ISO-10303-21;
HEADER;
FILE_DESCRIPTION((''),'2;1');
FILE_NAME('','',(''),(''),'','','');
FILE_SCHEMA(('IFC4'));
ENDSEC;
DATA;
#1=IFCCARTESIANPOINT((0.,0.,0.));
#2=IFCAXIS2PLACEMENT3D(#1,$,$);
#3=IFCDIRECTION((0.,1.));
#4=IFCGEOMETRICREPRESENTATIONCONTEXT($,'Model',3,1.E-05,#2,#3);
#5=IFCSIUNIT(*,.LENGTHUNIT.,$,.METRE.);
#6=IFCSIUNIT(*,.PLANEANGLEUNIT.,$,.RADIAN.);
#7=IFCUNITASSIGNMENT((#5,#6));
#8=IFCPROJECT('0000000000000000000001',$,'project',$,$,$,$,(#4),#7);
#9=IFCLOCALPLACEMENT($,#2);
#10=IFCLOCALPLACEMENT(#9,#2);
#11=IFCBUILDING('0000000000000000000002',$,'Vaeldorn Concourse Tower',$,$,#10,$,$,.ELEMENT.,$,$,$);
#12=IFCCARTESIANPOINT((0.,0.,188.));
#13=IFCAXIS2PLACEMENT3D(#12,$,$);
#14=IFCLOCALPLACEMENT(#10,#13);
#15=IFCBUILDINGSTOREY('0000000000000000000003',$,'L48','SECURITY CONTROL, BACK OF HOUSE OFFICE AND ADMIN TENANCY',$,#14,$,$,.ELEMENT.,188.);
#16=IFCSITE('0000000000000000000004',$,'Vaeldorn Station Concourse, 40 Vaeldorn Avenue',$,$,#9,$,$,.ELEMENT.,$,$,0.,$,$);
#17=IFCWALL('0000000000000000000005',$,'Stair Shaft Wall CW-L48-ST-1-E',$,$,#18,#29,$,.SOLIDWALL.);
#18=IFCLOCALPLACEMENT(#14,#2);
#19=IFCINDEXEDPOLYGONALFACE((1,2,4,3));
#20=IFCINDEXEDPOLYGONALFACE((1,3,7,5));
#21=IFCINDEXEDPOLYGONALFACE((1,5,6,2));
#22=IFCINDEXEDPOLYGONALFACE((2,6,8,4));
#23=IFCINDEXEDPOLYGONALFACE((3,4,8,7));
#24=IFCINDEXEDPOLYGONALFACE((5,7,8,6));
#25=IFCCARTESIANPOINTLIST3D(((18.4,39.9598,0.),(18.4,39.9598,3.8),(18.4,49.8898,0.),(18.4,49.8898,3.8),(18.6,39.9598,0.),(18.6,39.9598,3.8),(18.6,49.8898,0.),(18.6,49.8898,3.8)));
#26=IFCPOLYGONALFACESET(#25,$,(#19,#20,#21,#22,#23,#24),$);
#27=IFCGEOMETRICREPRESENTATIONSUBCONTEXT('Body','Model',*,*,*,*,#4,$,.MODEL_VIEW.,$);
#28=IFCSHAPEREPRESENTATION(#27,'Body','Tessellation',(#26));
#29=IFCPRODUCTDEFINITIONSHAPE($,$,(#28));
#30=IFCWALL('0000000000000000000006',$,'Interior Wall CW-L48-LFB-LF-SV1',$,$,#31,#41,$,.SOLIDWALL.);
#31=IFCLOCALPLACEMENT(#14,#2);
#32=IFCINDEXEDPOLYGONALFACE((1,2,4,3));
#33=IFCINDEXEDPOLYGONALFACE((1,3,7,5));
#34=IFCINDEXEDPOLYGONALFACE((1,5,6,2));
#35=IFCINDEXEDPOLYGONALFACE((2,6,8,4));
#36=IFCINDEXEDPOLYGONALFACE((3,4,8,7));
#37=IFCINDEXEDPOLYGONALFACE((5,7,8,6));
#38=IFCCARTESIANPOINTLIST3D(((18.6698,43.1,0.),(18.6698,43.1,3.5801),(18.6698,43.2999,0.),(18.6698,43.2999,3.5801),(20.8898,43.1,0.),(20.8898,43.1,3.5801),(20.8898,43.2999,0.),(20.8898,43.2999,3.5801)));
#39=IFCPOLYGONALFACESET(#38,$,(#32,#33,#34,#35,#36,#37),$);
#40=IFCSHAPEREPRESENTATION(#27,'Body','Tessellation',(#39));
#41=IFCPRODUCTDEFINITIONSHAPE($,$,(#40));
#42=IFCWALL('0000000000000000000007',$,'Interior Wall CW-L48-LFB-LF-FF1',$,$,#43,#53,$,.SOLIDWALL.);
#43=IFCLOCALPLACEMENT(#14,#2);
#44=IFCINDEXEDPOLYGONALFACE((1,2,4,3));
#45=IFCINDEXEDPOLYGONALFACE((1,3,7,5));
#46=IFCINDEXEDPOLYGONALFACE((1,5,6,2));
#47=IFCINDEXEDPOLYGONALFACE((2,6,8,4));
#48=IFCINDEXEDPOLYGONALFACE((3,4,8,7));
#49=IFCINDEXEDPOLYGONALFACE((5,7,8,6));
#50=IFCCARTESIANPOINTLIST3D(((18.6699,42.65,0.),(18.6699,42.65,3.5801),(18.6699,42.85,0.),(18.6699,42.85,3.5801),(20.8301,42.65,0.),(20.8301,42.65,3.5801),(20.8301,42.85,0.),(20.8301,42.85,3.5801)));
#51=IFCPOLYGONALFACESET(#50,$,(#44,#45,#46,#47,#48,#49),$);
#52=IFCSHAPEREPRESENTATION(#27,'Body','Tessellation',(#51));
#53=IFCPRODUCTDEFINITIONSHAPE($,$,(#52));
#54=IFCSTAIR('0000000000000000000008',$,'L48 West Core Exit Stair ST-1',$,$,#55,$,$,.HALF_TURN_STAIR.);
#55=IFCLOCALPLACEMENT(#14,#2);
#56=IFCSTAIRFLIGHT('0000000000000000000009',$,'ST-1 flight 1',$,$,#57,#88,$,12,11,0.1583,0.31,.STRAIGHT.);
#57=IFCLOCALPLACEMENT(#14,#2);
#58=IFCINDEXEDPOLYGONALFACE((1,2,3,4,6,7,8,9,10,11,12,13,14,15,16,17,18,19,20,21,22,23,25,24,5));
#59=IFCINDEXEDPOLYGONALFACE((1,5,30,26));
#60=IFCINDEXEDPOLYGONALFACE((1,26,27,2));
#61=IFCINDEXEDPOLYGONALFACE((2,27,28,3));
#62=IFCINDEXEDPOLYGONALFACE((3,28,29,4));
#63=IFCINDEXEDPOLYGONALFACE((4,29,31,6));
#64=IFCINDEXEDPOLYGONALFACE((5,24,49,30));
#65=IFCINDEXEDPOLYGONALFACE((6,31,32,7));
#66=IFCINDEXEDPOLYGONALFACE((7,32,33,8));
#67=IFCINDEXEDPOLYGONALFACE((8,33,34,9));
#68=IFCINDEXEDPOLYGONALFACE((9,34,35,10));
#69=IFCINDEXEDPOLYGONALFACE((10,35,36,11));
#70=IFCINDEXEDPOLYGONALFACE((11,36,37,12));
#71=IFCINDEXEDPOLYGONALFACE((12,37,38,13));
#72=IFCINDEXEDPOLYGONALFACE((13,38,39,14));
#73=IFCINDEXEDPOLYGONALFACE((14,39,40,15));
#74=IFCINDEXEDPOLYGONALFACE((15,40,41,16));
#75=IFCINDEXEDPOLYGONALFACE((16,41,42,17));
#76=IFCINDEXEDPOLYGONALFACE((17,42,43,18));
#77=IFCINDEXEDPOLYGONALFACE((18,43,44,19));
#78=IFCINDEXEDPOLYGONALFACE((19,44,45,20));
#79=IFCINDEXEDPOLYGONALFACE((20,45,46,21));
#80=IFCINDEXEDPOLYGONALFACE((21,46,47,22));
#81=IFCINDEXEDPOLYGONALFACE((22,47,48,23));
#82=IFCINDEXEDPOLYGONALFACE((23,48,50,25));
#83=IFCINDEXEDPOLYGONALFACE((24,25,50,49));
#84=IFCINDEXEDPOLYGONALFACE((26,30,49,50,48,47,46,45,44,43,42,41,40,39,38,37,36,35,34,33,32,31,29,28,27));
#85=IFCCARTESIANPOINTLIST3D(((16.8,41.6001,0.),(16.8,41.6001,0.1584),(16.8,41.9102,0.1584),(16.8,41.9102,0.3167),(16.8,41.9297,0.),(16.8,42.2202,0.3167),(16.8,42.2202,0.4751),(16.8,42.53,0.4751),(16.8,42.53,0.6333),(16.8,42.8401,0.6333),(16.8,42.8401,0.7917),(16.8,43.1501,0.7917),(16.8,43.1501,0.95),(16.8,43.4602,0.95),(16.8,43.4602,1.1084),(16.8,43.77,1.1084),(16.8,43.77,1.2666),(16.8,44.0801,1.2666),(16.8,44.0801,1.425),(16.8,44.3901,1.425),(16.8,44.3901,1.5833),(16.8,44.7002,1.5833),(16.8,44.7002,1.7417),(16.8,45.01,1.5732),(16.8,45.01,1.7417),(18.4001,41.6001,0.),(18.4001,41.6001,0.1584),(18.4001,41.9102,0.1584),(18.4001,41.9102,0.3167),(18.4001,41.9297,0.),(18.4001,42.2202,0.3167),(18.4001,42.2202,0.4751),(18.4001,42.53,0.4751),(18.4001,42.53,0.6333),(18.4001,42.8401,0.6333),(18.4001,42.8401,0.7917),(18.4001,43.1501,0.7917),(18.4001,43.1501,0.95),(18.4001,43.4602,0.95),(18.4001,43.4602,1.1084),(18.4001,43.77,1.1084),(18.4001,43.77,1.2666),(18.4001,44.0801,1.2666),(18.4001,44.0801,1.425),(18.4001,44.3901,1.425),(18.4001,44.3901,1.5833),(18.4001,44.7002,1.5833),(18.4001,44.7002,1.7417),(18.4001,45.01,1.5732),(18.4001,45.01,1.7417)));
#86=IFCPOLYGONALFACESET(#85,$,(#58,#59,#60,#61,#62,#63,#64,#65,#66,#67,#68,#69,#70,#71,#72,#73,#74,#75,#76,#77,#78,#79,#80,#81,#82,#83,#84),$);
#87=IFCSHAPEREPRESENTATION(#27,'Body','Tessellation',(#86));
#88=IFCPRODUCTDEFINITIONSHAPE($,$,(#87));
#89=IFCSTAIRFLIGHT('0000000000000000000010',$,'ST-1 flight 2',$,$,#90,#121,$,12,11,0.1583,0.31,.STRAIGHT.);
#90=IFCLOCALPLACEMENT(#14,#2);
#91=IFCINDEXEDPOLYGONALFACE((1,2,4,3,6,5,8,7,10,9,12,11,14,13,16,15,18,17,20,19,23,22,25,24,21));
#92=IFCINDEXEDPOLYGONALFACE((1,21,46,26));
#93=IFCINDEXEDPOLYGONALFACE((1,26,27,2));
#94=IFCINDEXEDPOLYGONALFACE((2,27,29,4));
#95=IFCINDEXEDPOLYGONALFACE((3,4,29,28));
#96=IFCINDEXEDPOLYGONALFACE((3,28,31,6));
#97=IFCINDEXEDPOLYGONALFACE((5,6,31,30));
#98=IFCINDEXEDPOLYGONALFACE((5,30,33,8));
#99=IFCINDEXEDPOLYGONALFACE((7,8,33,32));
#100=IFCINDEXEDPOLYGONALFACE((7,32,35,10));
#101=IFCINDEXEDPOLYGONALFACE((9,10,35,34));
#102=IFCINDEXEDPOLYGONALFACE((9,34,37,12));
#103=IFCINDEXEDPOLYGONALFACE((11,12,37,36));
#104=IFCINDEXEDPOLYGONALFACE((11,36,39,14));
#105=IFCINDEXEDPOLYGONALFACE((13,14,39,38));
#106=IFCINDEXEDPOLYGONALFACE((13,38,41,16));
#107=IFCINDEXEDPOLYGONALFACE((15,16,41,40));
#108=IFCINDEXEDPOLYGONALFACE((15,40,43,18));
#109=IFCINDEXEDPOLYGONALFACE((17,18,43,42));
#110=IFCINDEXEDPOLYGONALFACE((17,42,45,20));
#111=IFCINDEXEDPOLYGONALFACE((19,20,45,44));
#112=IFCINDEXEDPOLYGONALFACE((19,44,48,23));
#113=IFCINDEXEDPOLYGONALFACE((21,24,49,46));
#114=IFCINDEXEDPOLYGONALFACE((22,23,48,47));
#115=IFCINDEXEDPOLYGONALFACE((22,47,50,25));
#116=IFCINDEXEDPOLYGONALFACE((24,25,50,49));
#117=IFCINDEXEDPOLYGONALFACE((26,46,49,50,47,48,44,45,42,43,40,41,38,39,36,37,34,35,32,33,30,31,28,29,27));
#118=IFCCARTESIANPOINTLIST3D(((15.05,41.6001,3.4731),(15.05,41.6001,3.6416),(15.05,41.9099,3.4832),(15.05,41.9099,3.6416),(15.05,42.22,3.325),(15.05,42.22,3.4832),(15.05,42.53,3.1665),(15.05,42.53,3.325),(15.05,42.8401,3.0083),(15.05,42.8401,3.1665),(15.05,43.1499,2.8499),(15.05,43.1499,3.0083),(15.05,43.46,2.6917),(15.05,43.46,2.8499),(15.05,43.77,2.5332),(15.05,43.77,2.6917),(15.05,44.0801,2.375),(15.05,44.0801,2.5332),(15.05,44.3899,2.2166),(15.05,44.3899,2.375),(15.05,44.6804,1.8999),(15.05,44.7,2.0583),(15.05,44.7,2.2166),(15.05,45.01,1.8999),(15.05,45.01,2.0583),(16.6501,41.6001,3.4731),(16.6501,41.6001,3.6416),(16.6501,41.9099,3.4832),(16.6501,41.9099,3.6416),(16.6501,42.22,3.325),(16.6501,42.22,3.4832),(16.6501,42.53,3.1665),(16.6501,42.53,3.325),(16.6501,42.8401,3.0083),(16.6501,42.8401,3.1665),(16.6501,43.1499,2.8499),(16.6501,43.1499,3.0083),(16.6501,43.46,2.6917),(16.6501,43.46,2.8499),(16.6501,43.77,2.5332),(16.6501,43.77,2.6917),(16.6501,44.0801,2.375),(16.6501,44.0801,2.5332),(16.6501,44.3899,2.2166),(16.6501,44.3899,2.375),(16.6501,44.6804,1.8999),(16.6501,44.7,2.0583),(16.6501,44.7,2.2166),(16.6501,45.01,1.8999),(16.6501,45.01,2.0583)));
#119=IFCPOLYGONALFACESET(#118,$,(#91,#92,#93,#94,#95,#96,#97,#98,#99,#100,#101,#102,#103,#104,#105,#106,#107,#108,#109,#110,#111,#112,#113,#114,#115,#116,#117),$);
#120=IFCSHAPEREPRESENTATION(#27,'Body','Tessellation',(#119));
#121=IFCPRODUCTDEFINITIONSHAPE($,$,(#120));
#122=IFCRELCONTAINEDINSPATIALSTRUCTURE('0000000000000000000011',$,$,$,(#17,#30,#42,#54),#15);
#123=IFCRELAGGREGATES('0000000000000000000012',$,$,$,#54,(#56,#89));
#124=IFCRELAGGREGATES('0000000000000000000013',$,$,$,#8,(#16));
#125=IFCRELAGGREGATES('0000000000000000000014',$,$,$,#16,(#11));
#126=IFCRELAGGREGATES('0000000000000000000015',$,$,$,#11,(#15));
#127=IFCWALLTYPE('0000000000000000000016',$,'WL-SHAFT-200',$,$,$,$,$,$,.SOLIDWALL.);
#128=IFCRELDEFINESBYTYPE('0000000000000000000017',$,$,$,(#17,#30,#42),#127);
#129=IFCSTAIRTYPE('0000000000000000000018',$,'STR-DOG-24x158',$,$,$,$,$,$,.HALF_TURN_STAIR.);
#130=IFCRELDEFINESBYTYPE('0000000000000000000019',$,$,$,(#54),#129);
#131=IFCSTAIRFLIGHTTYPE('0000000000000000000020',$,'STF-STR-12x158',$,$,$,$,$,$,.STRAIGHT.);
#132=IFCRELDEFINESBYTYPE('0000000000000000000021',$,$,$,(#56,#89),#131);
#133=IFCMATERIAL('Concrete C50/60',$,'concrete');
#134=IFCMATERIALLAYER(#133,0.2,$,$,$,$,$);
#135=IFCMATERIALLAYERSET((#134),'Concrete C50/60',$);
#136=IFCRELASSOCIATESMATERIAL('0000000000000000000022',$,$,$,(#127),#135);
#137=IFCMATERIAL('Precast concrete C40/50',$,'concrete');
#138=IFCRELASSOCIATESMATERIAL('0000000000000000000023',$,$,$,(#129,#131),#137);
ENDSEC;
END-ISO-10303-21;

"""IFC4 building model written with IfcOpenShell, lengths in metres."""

from ifc_helpers import new_model, si_unit, direction, frame, frame_2d, origin, place, context, subcontext, project, spatial, polyline, rectangle, outline, extrude, material, layer, layer_set, type_object, element, aggregate, save


model = new_model("IFC4")

# Units and contexts
model_context = context("Model", 3, precision=1e-05, world=origin(), true_north=direction((0.0, 1.0)))
body_context = subcontext(model_context, "Body", "Model", "MODEL_VIEW")
ifc_project = project(units=[si_unit("LENGTHUNIT", "METRE"), si_unit("PLANEANGLEUNIT", "RADIAN")], contexts=[model_context])

# Site, building, storey
site_placement = place(None, origin())
site = spatial("IfcSite", under=ifc_project, at=site_placement, Name="Vaeldorn Station Concourse, 40 Vaeldorn Avenue", CompositionType="ELEMENT", RefElevation=0.0)
building_placement = place(site_placement, origin())
building = spatial("IfcBuilding", under=site, at=building_placement, Name="Vaeldorn Concourse Tower", CompositionType="ELEMENT")
storey_placement = place(building_placement, frame((0.0, 0.0, 188.0)))
storey = spatial("IfcBuildingStorey", under=building, at=storey_placement, Name="L48", Description="SECURITY CONTROL, BACK OF HOUSE OFFICE AND ADMIN TENANCY", CompositionType="ELEMENT", Elevation=188.0)

# Shared definitions
ifc_material_1 = material(Name="Concrete C50/60", Category="concrete")

# Wall
ifc_layer_1 = layer(ifc_material_1, 0.2)
ifc_layer_set_1 = layer_set([ifc_layer_1], Name="Concrete C50/60")
wall_type_1 = type_object("IfcWallType", Name="WL-SHAFT-200", PredefinedType="SOLIDWALL", material=ifc_layer_set_1)
for number, where, z_axis, x_axis, name in (
    (1, (18.5, 39.96, 0.0), (0.0, 0.0, 1.0), (0.0, 1.0, 0.0), "Stair Shaft Wall CW-L48-ST-1-E"),
):
    element("IfcWall", number, at=place(storey_placement, frame(where, z_axis=z_axis, x_axis=x_axis)), inside=storey, type_object=wall_type_1, Name=name, PredefinedType="SOLIDWALL", context=body_context, shape_type="SweptSolid", body=[
        extrude(rectangle(XDim=9.9299, YDim=0.2, at=frame_2d((4.9648, 0.0))), origin(), (0.0, 0.0, 1.0), 3.8),
    ])

# Walls
wall_1_placement = place(storey_placement, frame((18.6699, 43.2, 0.0), z_axis=(0.0, 0.0, 1.0), x_axis=(1.0, 0.0, 0.0)))
element("IfcWall", 2, at=wall_1_placement, inside=storey, type_object=wall_type_1, Name="Interior Wall CW-L48-LFB-LF-SV1", PredefinedType="SOLIDWALL", context=body_context, shape_type="SweptSolid", body=[
    extrude(rectangle(XDim=2.22, YDim=0.2, at=frame_2d((1.1099, 0.0))), origin(), (0.0, 0.0, 1.0), 3.5801),
])
wall_2_placement = place(storey_placement, frame((18.6699, 42.75, 0.0), z_axis=(0.0, 0.0, 1.0), x_axis=(1.0, 0.0, 0.0)))
element("IfcWall", 3, at=wall_2_placement, inside=storey, type_object=wall_type_1, Name="Interior Wall CW-L48-LFB-LF-FF1", PredefinedType="SOLIDWALL", context=body_context, shape_type="SweptSolid", body=[
    extrude(rectangle(XDim=2.1602, YDim=0.2, at=frame_2d((1.0801, 0.0))), origin(), (0.0, 0.0, 1.0), 3.5801),
])

# Stair, stair flights
ifc_material_2 = material(Name="Precast concrete C40/50", Category="concrete")
stair_type = type_object("IfcStairType", Name="STR-DOG-24x158", PredefinedType="HALF_TURN_STAIR", material=ifc_material_2)
stair_placement = place(storey_placement, origin())
stair = element("IfcStair", 4, at=stair_placement, inside=storey, type_object=stair_type, Name="L48 West Core Exit Stair ST-1", PredefinedType="HALF_TURN_STAIR")
stair_flight_type = type_object("IfcStairFlightType", Name="STF-STR-12x158", PredefinedType="STRAIGHT", material=ifc_material_2)
stair_flight_1_placement = place(storey_placement, frame((17.6001, 41.6001, 0.0), z_axis=(0.0, 0.0, 1.0), x_axis=(0.0, 1.0, 0.0)))
stair_flight_1 = element("IfcStairFlight", 5, at=stair_flight_1_placement, type_object=stair_flight_type, Name="ST-1 flight 1", NumberOfRisers=12, NumberOfTreads=11, PredefinedType="STRAIGHT", RiserHeight=0.1583, TreadLength=0.31, context=body_context, shape_type="SweptSolid", body=[
    extrude(outline(polyline([(0.0, 0.0), (0.0, 0.1584), (0.3101, 0.1584), (0.3101, 0.3167), (0.6201, 0.3167), (0.6201, 0.4751), (0.9299, 0.4751), (0.9299, 0.6333), (1.24, 0.6333), (1.24, 0.7917), (1.55, 0.7917), (1.55, 0.95), (1.8601, 0.95), (1.8601, 1.1084), (2.1699, 1.1084), (2.1699, 1.2666), (2.48, 1.2666), (2.48, 1.425), (2.79, 1.425), (2.79, 1.5833), (3.1001, 1.5833), (3.1001, 1.7417), (3.4099, 1.7417), (3.4099, 1.8999), (3.4099, 1.5732), (0.3296, 0.0), (0.0, 0.0)])), frame((0.0, 0.8, 0.0), z_axis=(0.0, -1.0, 0.0), x_axis=(1.0, 0.0, 0.0)), (0.0, 0.0, 1.0), 1.6001),
])
stair_flight_2_placement = place(storey_placement, frame((15.8501, 45.01, 1.8999), z_axis=(0.0, 0.0, 1.0), x_axis=(0.0, -1.0, 0.0)))
stair_flight_2 = element("IfcStairFlight", 6, at=stair_flight_2_placement, type_object=stair_flight_type, Name="ST-1 flight 2", NumberOfRisers=12, NumberOfTreads=11, PredefinedType="STRAIGHT", RiserHeight=0.1583, TreadLength=0.31, context=body_context, shape_type="SweptSolid", body=[
    extrude(outline(polyline([(0.0, 0.0), (0.0, 0.1584), (0.3101, 0.1584), (0.3101, 0.3167), (0.6201, 0.3167), (0.6201, 0.4751), (0.9299, 0.4751), (0.9299, 0.6333), (1.24, 0.6333), (1.24, 0.7917), (1.55, 0.7917), (1.55, 0.95), (1.8601, 0.95), (1.8601, 1.1084), (2.1699, 1.1084), (2.1699, 1.2666), (2.48, 1.2666), (2.48, 1.425), (2.79, 1.425), (2.79, 1.5833), (3.1001, 1.5833), (3.1001, 1.7417), (3.4099, 1.7417), (3.4099, 1.8999), (3.4099, 1.5732), (0.3296, 0.0), (0.0, 0.0)])), frame((0.0, 0.8, 0.0), z_axis=(0.0, -1.0, 0.0), x_axis=(1.0, 0.0, 0.0)), (0.0, 0.0, 1.0), 1.6001),
])
aggregate(stair, [stair_flight_1, stair_flight_2])

save(model, "model.ifc")
